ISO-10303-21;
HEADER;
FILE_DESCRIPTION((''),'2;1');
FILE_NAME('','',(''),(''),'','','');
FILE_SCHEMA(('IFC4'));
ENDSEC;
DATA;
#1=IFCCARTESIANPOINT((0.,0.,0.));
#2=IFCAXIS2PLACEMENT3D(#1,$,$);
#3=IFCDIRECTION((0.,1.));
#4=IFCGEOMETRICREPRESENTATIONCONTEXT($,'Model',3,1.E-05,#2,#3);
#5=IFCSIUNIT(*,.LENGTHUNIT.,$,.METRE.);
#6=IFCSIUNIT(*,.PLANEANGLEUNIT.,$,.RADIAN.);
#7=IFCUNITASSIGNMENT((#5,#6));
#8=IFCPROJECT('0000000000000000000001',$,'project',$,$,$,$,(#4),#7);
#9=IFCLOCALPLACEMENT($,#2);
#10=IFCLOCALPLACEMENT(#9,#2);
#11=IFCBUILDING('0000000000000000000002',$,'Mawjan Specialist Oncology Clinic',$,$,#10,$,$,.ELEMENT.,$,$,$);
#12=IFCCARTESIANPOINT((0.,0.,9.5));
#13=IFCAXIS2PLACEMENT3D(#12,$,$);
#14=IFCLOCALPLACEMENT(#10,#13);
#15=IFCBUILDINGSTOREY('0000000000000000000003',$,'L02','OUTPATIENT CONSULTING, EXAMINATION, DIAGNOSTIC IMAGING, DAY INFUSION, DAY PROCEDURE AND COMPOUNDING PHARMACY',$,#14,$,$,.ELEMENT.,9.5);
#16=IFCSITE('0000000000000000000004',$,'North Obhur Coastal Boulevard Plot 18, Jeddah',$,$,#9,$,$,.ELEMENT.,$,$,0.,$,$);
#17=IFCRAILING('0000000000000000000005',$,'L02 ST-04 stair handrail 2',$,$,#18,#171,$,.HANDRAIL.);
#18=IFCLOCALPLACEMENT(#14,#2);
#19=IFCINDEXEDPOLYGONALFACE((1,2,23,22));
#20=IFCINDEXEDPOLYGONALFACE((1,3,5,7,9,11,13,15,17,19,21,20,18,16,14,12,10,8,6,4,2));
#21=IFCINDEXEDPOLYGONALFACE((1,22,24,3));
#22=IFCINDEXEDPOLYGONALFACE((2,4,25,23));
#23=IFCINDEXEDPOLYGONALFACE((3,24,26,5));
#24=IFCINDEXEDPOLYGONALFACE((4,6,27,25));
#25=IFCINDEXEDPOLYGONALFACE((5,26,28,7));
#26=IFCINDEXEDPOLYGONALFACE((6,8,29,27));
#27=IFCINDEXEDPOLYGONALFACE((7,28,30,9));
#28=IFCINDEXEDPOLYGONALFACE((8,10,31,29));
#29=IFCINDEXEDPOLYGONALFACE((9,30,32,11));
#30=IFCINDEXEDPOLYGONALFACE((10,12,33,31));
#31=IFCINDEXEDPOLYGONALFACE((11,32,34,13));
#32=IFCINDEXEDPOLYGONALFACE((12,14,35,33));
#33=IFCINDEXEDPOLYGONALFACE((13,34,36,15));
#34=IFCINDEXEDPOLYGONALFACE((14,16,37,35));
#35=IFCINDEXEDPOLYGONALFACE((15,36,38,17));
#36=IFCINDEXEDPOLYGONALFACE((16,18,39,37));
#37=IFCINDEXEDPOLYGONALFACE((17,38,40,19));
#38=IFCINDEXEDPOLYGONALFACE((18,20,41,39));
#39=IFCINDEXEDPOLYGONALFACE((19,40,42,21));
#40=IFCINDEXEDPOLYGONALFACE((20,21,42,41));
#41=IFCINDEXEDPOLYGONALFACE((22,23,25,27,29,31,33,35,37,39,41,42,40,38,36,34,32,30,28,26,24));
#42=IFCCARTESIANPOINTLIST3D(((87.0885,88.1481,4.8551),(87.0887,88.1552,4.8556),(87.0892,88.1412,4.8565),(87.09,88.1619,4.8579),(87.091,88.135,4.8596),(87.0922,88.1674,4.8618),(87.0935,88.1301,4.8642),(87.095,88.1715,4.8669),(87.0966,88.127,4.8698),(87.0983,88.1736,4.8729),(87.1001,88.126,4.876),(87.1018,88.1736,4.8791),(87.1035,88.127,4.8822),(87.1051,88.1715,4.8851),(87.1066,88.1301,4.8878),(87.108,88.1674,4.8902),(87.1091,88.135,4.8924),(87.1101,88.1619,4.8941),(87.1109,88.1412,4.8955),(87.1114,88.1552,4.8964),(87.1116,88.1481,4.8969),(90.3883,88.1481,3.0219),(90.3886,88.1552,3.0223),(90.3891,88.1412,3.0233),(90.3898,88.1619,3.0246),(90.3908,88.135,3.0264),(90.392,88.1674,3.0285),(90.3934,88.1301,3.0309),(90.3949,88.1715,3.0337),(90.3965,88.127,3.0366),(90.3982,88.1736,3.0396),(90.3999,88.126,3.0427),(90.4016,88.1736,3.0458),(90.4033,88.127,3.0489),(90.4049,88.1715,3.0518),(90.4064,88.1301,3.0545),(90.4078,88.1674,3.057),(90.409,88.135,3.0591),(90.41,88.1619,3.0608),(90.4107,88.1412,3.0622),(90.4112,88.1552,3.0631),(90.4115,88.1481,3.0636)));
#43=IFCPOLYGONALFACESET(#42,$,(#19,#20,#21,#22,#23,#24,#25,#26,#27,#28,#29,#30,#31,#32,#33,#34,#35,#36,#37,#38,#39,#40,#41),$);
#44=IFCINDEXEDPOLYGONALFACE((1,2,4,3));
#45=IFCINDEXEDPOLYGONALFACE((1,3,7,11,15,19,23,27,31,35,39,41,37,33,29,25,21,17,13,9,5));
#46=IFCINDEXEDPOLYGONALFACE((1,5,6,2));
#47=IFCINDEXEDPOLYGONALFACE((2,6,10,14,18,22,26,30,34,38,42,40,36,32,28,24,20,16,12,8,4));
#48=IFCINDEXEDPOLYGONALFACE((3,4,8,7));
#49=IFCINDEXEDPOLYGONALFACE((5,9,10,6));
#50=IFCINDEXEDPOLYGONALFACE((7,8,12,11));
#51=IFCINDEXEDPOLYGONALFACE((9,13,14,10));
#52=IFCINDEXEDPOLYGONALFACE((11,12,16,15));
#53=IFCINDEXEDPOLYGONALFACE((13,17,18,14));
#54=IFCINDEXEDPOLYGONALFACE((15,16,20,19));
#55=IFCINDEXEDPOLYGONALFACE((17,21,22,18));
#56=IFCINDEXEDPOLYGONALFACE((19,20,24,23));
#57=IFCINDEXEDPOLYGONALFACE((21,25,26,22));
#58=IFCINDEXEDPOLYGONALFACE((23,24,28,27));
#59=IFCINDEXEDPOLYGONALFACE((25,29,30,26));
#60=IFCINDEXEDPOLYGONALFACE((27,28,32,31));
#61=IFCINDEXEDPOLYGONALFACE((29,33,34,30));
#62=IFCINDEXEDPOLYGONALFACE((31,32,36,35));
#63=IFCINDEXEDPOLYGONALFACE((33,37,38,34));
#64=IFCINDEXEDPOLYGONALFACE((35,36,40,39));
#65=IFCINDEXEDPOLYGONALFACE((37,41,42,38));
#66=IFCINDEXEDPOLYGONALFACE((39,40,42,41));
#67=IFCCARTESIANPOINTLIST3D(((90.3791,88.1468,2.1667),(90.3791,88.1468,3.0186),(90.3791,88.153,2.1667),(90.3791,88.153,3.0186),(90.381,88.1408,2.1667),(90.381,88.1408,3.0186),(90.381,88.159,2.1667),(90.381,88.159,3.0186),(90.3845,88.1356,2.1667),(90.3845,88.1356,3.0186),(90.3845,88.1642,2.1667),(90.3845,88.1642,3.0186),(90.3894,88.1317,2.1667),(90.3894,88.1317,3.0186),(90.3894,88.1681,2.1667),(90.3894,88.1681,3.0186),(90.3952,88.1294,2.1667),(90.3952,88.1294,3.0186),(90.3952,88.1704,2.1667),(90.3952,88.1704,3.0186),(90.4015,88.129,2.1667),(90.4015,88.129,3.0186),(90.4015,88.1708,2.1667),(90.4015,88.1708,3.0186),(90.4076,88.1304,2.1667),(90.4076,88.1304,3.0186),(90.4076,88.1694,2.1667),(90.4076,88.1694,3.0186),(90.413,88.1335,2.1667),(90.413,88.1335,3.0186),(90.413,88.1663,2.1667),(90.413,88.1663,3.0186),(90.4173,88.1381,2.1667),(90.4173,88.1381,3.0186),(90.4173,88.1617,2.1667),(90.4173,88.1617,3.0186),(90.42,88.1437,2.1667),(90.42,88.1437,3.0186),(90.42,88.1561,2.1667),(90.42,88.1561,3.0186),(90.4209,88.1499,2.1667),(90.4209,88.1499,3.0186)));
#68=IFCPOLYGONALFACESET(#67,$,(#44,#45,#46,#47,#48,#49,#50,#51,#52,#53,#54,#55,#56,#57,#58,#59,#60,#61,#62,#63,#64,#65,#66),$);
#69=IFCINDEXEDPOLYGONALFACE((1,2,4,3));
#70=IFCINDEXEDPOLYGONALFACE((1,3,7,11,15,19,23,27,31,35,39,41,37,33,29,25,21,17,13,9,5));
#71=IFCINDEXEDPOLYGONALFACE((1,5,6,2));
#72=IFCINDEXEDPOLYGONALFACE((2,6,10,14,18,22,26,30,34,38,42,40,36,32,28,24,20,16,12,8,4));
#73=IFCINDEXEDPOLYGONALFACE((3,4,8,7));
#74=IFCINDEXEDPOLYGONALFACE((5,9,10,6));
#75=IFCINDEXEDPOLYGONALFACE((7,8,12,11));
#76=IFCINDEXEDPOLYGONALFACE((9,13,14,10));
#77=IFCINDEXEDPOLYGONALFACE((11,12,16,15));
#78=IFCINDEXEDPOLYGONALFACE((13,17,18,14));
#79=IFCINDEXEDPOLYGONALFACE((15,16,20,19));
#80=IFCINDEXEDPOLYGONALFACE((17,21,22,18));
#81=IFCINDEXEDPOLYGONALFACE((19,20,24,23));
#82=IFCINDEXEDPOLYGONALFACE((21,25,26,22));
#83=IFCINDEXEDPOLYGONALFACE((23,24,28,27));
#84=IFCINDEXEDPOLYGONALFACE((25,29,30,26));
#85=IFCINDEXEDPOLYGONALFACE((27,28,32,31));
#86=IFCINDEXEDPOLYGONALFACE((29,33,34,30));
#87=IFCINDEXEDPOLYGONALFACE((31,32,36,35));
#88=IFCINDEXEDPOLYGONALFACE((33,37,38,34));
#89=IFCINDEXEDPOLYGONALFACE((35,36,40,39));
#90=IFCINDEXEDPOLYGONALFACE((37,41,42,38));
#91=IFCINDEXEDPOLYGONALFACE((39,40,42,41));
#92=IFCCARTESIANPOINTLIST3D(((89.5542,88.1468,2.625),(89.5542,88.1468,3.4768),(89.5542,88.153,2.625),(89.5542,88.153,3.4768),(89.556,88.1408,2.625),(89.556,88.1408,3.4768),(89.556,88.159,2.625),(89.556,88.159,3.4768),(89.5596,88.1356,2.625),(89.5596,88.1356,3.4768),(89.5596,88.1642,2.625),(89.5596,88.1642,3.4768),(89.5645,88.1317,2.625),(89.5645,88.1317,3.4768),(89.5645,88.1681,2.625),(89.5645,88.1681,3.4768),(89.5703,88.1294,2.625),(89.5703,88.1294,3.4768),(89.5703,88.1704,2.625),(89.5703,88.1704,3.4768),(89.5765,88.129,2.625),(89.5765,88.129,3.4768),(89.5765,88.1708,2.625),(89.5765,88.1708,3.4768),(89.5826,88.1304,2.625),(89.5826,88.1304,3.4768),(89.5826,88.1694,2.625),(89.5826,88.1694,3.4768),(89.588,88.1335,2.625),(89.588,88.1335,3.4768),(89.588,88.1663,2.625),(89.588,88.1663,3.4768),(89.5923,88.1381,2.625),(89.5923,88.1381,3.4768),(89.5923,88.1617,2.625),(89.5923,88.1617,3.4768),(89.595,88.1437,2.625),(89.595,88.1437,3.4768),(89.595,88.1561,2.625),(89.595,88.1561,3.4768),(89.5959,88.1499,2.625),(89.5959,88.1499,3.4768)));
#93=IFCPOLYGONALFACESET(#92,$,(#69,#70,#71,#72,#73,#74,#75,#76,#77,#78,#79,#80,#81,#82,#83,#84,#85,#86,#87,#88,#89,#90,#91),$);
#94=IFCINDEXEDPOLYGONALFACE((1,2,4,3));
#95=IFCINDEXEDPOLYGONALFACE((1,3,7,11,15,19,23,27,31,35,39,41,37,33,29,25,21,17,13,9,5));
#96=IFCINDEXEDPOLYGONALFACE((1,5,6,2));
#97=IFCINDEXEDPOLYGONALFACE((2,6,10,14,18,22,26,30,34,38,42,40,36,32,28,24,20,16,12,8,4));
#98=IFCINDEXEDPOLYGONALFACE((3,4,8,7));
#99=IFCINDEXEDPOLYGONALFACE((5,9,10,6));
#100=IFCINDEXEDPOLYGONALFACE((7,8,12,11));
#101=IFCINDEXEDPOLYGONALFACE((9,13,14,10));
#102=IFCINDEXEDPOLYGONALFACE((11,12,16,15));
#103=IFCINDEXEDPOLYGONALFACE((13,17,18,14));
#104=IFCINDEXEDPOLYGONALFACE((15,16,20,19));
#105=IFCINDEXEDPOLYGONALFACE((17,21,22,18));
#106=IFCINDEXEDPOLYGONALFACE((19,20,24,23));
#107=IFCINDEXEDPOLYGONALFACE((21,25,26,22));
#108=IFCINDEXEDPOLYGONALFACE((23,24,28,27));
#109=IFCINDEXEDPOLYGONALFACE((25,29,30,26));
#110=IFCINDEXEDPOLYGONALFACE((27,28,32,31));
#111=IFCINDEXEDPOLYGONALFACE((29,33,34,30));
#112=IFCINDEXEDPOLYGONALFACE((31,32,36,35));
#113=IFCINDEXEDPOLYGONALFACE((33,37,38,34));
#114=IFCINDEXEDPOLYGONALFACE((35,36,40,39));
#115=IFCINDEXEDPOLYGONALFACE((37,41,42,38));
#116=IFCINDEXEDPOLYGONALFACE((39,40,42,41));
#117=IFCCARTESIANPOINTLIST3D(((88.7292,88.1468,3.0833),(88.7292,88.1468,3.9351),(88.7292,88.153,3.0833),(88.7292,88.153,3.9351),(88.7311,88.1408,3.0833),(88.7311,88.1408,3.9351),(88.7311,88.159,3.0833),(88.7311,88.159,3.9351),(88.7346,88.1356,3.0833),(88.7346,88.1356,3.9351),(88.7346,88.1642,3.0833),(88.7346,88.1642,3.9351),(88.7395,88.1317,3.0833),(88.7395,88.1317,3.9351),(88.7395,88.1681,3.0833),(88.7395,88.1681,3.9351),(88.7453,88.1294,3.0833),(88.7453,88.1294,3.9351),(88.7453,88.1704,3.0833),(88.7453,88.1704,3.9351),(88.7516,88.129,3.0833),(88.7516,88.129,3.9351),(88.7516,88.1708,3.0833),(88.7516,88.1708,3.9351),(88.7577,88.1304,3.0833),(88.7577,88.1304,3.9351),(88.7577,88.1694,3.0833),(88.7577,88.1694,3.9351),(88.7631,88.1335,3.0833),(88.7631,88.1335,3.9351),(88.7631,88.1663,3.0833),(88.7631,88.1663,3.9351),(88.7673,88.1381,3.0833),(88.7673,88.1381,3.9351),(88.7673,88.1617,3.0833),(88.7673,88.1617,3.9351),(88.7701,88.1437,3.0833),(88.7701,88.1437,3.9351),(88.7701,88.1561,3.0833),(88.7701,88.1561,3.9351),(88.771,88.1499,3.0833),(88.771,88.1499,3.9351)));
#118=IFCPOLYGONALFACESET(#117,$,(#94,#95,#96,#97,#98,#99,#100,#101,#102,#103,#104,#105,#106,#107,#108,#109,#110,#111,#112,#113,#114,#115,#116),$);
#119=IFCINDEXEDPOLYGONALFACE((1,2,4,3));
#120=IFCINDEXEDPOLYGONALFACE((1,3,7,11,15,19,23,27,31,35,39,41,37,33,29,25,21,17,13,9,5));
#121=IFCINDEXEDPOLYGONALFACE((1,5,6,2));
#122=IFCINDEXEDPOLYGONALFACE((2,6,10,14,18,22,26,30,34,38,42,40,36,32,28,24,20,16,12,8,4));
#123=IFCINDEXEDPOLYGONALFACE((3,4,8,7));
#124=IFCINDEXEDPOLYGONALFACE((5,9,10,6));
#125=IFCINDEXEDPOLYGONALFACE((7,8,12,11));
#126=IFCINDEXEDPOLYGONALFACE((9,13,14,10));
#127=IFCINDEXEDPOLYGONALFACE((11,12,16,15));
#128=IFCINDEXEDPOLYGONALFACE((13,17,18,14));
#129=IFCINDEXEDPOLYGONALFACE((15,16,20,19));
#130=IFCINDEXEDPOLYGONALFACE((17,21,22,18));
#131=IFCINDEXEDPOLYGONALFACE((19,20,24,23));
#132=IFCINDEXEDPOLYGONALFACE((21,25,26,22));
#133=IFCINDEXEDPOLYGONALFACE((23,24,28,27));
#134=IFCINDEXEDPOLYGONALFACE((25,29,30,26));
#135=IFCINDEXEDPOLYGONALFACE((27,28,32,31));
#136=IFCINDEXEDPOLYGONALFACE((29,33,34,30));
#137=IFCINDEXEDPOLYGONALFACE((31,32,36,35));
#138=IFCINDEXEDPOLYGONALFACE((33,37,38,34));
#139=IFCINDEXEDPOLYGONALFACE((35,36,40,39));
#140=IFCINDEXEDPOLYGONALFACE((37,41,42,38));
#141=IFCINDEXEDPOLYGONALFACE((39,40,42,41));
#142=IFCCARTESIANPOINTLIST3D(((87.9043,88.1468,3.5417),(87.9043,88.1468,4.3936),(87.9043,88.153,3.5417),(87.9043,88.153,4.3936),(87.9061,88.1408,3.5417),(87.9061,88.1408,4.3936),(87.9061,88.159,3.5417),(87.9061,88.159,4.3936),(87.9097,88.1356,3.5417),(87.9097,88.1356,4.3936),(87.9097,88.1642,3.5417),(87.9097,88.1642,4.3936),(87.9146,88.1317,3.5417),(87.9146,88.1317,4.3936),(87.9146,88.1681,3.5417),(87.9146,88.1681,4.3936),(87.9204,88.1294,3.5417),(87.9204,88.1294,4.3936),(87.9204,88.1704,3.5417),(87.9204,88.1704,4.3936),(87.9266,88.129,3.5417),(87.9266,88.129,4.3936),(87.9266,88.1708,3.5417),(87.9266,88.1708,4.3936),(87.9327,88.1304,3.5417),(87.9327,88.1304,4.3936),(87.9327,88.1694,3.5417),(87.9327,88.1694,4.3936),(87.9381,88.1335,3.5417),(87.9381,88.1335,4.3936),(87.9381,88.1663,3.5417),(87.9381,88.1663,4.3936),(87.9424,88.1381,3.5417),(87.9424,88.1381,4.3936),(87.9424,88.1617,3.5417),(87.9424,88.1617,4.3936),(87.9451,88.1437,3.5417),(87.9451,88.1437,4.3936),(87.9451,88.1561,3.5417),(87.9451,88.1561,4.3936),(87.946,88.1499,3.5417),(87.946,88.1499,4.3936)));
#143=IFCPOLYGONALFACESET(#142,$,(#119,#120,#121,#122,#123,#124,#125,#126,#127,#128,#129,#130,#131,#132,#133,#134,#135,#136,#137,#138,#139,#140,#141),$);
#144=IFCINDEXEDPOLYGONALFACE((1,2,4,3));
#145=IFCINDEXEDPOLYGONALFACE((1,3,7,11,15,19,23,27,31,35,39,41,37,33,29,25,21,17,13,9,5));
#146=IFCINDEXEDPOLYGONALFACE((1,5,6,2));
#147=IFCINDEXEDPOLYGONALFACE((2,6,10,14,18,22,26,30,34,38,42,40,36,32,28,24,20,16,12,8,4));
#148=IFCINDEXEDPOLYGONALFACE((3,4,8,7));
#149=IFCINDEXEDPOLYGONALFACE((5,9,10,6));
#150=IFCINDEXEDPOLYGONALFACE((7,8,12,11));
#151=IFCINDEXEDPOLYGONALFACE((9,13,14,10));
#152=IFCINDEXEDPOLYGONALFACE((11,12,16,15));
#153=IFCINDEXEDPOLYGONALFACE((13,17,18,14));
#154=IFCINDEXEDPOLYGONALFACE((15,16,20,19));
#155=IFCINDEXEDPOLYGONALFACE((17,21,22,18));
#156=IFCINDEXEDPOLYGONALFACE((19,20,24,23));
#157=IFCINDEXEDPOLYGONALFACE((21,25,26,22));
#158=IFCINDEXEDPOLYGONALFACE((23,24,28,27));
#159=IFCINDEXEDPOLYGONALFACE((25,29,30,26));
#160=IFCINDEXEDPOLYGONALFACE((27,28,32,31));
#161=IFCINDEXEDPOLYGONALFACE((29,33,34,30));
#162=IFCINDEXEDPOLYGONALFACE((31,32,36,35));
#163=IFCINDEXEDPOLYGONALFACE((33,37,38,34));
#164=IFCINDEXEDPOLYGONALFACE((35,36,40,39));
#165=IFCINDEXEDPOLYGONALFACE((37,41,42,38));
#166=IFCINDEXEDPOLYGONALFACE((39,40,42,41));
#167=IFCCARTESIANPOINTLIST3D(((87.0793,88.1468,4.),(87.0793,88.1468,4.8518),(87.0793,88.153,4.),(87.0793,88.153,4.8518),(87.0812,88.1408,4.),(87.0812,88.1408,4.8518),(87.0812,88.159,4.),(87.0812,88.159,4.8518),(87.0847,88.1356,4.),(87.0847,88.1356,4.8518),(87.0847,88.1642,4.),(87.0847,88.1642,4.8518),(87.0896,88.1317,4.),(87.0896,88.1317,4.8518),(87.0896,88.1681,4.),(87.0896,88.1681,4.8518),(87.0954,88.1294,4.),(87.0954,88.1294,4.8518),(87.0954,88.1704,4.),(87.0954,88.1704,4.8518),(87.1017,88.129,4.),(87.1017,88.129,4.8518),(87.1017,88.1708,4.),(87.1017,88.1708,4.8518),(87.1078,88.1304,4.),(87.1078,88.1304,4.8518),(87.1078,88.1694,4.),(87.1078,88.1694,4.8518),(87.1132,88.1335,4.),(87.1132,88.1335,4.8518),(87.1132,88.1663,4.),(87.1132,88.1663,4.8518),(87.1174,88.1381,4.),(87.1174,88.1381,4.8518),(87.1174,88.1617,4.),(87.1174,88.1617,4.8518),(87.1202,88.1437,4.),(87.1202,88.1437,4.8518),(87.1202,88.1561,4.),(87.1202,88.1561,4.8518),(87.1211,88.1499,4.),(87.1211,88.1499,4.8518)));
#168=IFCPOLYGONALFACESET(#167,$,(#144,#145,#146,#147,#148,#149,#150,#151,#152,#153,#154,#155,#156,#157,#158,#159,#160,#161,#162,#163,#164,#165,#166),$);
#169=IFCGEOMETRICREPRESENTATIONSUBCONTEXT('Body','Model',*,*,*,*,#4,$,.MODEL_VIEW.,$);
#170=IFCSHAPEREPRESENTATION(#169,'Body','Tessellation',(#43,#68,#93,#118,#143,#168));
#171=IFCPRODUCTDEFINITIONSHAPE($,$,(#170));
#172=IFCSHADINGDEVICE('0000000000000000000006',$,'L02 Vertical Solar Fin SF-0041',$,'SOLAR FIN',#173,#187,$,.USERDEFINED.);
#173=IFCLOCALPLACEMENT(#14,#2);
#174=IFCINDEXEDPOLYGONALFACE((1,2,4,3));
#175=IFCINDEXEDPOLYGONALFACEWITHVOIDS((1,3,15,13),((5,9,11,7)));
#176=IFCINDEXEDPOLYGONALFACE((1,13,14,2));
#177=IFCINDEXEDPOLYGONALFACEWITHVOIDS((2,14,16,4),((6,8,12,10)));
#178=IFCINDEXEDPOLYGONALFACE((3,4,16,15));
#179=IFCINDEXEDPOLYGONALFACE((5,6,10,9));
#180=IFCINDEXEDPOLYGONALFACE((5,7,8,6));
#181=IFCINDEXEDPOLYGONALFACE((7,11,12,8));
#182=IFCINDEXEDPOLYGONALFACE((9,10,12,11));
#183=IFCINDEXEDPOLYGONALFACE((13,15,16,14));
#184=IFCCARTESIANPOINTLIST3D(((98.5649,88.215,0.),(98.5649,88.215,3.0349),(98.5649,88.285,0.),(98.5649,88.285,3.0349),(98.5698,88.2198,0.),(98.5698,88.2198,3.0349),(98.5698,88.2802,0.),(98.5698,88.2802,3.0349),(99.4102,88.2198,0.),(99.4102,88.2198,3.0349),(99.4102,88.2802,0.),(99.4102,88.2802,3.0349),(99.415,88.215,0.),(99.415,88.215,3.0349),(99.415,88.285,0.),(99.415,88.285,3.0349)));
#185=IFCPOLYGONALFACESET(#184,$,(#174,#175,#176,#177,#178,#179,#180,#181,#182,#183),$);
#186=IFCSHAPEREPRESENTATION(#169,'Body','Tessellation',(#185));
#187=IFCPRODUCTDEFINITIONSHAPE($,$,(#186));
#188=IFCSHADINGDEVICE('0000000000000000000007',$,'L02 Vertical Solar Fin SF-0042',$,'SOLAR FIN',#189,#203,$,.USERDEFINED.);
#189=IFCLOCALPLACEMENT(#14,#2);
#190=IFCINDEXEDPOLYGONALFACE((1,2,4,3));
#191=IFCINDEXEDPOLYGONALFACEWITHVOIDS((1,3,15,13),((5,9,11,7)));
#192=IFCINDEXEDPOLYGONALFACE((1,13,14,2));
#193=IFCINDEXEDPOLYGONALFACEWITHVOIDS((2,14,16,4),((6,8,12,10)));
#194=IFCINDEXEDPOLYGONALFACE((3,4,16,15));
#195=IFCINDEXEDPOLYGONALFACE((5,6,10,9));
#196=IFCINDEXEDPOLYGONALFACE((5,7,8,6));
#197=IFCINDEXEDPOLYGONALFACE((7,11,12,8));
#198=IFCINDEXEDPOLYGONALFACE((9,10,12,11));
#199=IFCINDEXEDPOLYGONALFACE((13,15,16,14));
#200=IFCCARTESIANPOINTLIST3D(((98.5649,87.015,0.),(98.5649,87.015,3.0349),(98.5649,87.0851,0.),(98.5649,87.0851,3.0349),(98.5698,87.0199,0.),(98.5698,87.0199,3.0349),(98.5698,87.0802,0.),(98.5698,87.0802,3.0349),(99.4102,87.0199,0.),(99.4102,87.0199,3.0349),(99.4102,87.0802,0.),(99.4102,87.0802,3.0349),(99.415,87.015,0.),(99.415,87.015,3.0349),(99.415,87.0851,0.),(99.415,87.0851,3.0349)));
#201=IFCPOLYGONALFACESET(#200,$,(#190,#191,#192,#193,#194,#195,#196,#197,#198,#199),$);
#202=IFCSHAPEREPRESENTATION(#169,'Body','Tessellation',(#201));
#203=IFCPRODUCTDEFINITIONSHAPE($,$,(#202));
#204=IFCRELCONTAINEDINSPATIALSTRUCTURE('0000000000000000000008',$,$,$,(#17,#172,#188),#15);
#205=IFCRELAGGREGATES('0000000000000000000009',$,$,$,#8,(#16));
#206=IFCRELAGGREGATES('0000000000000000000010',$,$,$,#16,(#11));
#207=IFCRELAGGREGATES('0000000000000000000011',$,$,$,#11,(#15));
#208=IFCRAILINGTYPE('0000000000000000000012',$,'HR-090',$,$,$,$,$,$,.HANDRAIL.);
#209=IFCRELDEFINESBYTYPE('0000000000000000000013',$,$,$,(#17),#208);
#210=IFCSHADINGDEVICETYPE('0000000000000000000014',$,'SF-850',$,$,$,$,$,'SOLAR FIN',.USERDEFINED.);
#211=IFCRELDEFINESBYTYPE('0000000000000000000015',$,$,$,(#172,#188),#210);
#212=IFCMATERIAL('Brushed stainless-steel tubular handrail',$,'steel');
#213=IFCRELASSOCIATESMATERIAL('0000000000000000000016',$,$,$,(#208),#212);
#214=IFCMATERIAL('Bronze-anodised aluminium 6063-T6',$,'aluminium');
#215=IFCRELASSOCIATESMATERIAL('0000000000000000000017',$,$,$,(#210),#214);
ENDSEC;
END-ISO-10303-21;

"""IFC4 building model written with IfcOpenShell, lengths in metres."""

from ifc_helpers import new_model, si_unit, direction, frame, origin, origin_2d, place, context, subcontext, project, spatial, hollow_rectangle, circle, extrude, material, material_profile, profile_set, type_object, element, save


model = new_model("IFC4")

# Units and contexts
model_context = context("Model", 3, precision=1e-05, world=origin(), true_north=direction((0.0, 1.0)))
body_context = subcontext(model_context, "Body", "Model", "MODEL_VIEW")
ifc_project = project(units=[si_unit("LENGTHUNIT", "METRE"), si_unit("PLANEANGLEUNIT", "RADIAN")], contexts=[model_context])

# Site, building, storey
site_placement = place(None, origin())
site = spatial("IfcSite", under=ifc_project, at=site_placement, Name="North Obhur Coastal Boulevard Plot 18, Jeddah", CompositionType="ELEMENT", RefElevation=0.0)
building_placement = place(site_placement, origin())
building = spatial("IfcBuilding", under=site, at=building_placement, Name="Mawjan Specialist Oncology Clinic", CompositionType="ELEMENT")
storey_placement = place(building_placement, frame((0.0, 0.0, 9.5)))
storey = spatial("IfcBuildingStorey", under=building, at=storey_placement, Name="L02", Description="OUTPATIENT CONSULTING, EXAMINATION, DIAGNOSTIC IMAGING, DAY INFUSION, DAY PROCEDURE AND COMPOUNDING PHARMACY", CompositionType="ELEMENT", Elevation=9.5)

# Railing
ifc_material_1 = material(Name="Brushed stainless-steel tubular handrail", Category="steel")
railing_type_1 = type_object("IfcRailingType", Name="HR-090", PredefinedType="HANDRAIL", material=ifc_material_1)
railing_1_placement = place(storey_placement, frame((90.3999, 88.1499, 2.1667)))
element("IfcRailing", 1, at=railing_1_placement, inside=storey, type_object=railing_type_1, Name="L02 ST-04 stair handrail 2", PredefinedType="HANDRAIL", context=body_context, shape_type="SweptSolid", body=[
    extrude(circle(Radius=0.0239, at=origin_2d()), frame((0.0, 0.0, 0.876), z_axis=(-0.874154, 0.0, 0.485648), x_axis=(0.0, -1.0, 0.0)), (0.0, 0.0, 1.0), 3.7749),
    extrude(circle(Radius=0.021, at=origin_2d()), origin(), (0.0, 0.0, 1.0), 0.8518),
    extrude(circle(Radius=0.021, at=origin_2d()), frame((-0.825, 0.0, 0.4583)), (0.0, 0.0, 1.0), 0.8518),
    extrude(circle(Radius=0.021, at=origin_2d()), frame((-1.6499, 0.0, 0.9165)), (0.0, 0.0, 1.0), 0.8518),
    extrude(circle(Radius=0.021, at=origin_2d()), frame((-2.4749, 0.0, 1.375)), (0.0, 0.0, 1.0), 0.8518),
    extrude(circle(Radius=0.021, at=origin_2d()), frame((-3.2998, 0.0, 1.8333)), (0.0, 0.0, 1.0), 0.8518),
])

# Shading devices
ifc_material_2 = material(Name="Bronze-anodised aluminium 6063-T6", Category="aluminium")
ifc_material_profile_1 = material_profile(ifc_material_2, hollow_rectangle(XDim=0.0701, YDim=0.8501, WallThickness=0.0049, at=origin_2d()), Name="FIN 850x70x5", Category="aluminium")
ifc_profile_set_1 = profile_set([ifc_material_profile_1], Name="Bronze-anodised aluminium 6063-T6")
shading_device_type = type_object("IfcShadingDeviceType", Name="SF-850", ElementType="SOLAR FIN", PredefinedType="USERDEFINED", material=ifc_profile_set_1)
for number, where, z_axis, x_axis, name in (
    (2, (98.99, 88.25, 0.0), (0.0, 0.0, 1.0), (0.0, -1.0, 0.0), "L02 Vertical Solar Fin SF-0041"),
    (3, (98.99, 87.05, 0.0), (0.0, 0.0, 1.0), (0.0, -1.0, 0.0), "L02 Vertical Solar Fin SF-0042"),
):
    element("IfcShadingDevice", number, at=place(storey_placement, frame(where, z_axis=z_axis, x_axis=x_axis)), inside=storey, type_object=shading_device_type, Name=name, ObjectType="SOLAR FIN", PredefinedType="USERDEFINED", context=body_context, shape_type="SweptSolid", body=[
        extrude(hollow_rectangle(XDim=0.0701, YDim=0.8501, WallThickness=0.0049, at=origin_2d()), origin(), (0.0, 0.0, 1.0), 3.0349),
    ])

save(model, "model.ifc")
